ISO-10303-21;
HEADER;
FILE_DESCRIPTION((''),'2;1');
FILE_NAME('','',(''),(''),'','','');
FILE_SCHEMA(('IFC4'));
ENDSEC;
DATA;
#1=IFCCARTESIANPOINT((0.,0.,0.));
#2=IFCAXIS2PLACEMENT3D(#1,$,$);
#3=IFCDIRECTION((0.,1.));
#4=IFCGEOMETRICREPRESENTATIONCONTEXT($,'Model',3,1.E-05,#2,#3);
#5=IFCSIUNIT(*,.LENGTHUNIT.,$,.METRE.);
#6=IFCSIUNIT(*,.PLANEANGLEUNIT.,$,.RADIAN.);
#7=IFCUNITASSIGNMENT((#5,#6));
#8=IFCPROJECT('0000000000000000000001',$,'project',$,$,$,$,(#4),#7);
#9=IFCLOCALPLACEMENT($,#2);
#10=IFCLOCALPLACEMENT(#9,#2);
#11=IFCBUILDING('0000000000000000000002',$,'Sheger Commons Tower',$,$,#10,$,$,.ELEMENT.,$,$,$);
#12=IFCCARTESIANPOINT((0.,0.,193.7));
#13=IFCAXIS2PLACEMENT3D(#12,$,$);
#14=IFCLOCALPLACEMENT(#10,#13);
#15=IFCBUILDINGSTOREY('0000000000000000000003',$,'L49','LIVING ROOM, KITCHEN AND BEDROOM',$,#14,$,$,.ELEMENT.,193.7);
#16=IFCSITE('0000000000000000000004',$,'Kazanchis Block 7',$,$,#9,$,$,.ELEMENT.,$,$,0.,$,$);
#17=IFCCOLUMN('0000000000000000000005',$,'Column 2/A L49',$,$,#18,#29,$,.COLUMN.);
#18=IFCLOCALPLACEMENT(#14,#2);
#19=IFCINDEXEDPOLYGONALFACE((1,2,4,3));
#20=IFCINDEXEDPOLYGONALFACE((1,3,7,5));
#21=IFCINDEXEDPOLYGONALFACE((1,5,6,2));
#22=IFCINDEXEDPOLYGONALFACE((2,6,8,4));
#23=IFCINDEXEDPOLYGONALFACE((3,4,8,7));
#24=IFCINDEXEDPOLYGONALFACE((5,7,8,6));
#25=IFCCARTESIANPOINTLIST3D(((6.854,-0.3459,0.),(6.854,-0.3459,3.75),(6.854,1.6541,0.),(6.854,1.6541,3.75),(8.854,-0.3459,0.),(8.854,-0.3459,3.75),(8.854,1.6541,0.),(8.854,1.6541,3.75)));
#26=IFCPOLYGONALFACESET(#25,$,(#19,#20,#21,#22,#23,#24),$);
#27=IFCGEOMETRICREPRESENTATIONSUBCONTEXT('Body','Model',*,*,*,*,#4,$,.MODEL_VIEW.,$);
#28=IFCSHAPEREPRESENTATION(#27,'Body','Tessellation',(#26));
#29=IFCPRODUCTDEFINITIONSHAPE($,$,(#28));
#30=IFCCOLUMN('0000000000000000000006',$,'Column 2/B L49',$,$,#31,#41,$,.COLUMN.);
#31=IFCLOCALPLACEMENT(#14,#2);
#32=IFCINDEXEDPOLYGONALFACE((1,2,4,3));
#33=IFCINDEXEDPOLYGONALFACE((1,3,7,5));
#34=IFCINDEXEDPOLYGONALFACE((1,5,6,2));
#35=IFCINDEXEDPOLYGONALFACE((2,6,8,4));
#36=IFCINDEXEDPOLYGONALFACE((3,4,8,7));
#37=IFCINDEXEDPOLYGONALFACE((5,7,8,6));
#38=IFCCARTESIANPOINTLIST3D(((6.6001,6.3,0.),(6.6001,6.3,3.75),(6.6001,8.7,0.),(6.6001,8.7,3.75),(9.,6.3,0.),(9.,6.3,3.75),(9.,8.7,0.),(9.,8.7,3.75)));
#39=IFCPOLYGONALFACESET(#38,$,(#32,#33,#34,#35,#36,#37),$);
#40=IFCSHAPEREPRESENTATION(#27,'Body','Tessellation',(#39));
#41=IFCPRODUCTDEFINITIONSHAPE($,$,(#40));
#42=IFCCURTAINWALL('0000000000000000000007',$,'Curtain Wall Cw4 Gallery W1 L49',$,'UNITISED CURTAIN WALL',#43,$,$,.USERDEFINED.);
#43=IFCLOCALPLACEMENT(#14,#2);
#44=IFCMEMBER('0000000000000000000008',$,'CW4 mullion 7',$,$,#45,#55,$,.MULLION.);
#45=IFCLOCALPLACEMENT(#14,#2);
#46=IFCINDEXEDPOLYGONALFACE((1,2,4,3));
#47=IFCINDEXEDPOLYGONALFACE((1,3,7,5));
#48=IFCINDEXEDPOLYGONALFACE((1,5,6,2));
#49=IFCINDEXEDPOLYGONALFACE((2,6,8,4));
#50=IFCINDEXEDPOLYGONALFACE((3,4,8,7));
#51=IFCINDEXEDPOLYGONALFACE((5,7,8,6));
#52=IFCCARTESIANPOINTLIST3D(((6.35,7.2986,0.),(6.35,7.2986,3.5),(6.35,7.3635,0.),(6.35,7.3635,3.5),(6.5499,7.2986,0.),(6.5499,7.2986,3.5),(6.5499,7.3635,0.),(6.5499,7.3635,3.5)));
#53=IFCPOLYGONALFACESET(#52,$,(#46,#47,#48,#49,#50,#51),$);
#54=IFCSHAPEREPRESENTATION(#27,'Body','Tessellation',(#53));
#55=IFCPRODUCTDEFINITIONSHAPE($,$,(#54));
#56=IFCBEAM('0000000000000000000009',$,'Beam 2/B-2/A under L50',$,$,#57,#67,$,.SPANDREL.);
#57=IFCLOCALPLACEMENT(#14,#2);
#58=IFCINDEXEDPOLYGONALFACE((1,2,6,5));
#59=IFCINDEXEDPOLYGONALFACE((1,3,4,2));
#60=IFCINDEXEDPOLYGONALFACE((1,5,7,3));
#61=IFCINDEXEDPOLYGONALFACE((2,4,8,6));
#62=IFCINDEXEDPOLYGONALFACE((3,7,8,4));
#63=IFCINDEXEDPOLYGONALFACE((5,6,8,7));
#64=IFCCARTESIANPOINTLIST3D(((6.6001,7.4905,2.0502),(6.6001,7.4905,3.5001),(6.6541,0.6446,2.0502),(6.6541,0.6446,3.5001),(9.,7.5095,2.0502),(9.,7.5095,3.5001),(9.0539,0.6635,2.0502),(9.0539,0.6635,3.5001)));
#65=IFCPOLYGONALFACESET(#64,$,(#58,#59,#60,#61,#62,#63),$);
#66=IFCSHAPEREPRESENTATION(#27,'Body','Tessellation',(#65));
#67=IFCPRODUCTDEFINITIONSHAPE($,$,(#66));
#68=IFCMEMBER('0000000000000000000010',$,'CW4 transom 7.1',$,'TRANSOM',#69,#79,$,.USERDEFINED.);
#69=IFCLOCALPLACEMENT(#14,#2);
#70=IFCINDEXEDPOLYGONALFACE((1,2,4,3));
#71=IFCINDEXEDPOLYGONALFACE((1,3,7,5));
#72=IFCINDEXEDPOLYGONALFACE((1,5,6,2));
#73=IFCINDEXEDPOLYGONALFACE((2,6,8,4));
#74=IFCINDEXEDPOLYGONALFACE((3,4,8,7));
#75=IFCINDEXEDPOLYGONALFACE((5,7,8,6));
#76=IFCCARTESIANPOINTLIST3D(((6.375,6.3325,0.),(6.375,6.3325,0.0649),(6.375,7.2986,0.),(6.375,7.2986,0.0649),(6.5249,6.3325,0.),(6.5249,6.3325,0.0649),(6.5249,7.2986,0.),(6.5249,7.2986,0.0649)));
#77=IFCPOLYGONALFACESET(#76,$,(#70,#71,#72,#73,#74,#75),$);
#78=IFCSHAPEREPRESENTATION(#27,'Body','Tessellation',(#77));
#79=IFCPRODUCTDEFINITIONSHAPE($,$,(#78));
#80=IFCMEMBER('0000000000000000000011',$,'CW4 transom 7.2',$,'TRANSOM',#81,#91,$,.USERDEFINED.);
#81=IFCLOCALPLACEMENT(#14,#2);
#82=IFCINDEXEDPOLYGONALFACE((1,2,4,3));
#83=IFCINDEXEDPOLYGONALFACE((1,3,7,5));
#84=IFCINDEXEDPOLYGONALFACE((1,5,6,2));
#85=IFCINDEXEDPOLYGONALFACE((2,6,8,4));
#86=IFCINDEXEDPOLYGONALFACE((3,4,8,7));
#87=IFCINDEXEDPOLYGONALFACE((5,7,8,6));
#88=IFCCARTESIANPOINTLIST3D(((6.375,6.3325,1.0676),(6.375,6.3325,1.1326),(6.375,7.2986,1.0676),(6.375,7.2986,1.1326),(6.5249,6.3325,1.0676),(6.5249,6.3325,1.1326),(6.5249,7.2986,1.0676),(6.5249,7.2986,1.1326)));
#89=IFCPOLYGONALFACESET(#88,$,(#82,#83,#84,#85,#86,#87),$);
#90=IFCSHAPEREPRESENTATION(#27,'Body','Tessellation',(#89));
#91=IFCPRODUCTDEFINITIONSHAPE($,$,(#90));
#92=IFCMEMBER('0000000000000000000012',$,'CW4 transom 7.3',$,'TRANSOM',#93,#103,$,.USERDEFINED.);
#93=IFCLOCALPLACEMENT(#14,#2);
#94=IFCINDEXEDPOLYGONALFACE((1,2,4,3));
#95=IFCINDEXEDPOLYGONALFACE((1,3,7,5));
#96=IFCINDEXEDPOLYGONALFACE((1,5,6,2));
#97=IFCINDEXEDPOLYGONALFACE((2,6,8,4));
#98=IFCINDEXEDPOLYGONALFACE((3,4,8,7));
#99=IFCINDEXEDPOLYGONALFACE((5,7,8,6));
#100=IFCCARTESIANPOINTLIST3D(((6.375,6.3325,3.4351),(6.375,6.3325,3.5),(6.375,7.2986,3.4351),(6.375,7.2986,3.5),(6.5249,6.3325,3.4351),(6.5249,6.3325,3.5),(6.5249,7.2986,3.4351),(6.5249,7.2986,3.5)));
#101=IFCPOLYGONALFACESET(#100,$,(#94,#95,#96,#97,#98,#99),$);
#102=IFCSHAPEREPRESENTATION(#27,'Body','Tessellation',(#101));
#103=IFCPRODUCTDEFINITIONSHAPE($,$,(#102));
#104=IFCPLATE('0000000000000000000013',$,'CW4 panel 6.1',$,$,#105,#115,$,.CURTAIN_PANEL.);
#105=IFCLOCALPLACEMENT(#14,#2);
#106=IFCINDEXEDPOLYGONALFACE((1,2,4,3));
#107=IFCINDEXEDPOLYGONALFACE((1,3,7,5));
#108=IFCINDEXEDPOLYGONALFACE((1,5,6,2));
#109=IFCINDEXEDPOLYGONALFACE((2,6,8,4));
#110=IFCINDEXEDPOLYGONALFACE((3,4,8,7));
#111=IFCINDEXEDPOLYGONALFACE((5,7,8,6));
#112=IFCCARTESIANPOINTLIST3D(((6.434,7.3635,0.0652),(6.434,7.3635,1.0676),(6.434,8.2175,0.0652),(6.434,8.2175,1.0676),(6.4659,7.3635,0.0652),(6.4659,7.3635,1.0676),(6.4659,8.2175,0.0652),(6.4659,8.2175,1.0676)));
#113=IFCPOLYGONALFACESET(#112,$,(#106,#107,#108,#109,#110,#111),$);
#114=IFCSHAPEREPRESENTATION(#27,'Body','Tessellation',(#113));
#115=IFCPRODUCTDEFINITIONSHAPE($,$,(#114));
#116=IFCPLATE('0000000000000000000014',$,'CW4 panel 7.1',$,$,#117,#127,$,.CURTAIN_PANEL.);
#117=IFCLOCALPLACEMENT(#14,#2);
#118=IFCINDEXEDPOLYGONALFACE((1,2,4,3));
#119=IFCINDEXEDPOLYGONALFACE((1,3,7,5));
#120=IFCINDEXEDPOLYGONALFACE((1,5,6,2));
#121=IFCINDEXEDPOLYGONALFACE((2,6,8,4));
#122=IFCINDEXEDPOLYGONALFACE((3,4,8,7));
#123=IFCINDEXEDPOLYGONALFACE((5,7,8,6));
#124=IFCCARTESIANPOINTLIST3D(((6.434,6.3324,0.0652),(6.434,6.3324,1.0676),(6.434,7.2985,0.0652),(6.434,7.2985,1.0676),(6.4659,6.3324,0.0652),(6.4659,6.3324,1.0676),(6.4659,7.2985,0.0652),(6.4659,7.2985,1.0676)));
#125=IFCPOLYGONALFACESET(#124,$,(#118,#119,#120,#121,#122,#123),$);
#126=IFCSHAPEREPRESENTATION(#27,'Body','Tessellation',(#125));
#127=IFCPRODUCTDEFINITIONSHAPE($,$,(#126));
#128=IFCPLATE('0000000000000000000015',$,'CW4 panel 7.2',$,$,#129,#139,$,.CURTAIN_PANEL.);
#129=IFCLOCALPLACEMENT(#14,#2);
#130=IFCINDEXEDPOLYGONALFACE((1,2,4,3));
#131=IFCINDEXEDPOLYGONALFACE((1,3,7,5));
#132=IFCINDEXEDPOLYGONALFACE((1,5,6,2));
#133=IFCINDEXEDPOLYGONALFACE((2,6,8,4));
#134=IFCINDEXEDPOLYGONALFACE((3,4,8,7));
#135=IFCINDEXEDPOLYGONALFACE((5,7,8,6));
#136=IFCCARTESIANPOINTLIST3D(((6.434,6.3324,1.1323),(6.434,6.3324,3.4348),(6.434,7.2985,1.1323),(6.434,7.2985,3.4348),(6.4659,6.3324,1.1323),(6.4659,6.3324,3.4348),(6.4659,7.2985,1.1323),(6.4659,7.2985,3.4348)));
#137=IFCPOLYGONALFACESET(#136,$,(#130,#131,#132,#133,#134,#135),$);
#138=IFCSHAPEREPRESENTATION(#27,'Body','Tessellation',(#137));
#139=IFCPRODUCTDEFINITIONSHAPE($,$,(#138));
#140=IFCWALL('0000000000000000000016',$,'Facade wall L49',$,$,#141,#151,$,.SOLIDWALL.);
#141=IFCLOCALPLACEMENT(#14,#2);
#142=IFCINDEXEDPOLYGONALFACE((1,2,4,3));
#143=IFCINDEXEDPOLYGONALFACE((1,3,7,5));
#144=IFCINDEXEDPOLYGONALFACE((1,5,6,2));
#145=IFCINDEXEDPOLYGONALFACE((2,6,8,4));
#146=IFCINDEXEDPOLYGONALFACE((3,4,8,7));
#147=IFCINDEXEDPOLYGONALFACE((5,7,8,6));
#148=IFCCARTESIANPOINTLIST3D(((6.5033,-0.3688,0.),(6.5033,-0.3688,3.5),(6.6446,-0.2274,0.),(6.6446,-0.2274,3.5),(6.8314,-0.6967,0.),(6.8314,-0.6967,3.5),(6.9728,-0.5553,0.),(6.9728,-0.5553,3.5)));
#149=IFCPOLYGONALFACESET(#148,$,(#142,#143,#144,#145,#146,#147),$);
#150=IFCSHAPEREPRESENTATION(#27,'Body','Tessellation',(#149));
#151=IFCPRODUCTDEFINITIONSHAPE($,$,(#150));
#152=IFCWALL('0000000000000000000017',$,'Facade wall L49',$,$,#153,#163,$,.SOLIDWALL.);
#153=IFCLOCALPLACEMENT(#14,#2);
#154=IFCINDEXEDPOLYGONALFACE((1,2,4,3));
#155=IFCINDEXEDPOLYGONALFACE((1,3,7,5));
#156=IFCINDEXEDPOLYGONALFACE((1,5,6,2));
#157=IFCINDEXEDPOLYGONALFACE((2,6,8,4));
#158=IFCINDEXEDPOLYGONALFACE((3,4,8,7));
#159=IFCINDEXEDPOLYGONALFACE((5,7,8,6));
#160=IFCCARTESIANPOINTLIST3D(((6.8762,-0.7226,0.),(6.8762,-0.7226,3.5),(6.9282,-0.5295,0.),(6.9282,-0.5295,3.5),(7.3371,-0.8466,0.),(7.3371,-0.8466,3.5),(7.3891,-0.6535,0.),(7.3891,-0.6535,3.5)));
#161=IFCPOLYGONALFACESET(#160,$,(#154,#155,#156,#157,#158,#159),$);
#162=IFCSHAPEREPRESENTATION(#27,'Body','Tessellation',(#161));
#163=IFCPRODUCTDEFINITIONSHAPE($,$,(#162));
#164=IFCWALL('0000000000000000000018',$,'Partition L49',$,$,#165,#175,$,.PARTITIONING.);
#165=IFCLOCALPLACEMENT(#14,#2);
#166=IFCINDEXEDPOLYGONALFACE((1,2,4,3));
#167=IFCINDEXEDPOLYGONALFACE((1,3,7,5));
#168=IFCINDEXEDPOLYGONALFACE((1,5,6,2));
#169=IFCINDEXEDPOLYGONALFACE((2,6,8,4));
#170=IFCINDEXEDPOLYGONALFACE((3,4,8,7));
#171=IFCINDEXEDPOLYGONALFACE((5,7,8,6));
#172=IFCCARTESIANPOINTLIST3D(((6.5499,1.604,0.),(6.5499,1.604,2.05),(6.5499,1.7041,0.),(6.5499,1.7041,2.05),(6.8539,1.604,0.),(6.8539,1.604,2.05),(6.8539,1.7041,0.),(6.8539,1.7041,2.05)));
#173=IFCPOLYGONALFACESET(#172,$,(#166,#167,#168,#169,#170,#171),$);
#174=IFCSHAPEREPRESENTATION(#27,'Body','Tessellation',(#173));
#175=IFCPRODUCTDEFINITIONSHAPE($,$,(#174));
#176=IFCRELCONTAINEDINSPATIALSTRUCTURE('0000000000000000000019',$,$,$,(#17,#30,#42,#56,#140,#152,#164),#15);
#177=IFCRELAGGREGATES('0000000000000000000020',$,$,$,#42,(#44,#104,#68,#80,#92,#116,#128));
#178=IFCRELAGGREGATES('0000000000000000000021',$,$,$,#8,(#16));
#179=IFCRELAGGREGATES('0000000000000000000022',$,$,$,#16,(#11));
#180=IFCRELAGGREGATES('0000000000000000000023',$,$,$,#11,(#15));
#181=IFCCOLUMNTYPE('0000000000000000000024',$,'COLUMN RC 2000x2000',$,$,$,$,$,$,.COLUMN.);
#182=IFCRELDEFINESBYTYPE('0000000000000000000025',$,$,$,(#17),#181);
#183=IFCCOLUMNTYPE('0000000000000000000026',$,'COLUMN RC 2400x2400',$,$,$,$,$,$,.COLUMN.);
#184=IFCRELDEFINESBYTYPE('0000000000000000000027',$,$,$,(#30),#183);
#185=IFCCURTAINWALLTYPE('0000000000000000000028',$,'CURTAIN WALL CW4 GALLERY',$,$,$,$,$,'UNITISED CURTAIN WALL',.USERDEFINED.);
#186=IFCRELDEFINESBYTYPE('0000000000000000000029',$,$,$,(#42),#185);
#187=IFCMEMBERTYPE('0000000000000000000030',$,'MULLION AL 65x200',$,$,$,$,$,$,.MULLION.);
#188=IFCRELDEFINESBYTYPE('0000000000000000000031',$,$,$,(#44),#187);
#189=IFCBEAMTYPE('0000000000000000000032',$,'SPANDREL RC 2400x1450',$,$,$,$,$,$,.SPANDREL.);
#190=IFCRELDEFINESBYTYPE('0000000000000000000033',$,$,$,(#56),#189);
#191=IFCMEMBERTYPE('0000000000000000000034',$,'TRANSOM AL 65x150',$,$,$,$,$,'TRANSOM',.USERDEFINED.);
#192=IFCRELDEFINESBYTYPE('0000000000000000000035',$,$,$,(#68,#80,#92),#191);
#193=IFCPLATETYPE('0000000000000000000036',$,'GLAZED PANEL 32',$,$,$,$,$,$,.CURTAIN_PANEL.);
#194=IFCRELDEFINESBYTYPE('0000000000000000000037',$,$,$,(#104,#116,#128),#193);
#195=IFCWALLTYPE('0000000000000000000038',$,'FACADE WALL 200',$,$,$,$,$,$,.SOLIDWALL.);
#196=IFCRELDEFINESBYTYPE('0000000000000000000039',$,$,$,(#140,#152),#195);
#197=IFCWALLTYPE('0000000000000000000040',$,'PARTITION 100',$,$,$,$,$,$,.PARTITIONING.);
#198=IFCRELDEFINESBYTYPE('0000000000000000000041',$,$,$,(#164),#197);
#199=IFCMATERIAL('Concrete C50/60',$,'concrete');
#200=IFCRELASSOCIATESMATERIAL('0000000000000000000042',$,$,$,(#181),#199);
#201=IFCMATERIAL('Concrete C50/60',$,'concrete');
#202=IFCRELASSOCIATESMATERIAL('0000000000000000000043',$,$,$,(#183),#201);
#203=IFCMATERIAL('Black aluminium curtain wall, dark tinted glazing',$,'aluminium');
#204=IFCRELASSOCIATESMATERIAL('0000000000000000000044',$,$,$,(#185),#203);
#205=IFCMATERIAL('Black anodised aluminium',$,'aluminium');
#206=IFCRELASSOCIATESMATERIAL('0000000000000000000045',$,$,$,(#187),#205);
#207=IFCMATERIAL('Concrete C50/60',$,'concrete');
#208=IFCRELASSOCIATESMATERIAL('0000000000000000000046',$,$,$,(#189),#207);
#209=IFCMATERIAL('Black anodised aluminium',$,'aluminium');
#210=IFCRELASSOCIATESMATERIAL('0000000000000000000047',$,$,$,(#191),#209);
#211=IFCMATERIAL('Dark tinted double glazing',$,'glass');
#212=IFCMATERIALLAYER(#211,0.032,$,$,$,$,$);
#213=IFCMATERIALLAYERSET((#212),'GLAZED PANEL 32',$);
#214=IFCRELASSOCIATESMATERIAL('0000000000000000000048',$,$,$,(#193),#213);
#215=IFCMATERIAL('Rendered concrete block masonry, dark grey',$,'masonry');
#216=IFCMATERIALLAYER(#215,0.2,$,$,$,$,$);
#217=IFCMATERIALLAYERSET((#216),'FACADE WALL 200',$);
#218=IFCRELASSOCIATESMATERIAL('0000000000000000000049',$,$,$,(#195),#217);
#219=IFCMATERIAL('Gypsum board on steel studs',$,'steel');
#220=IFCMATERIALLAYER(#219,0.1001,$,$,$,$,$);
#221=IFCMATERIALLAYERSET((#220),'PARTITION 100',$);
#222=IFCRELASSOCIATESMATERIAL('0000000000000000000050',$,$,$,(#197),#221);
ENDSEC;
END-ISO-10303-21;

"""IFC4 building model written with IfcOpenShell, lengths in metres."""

from ifc_helpers import new_model, si_unit, direction, frame, frame_2d, origin, origin_2d, place, context, subcontext, project, spatial, rectangle, extrude, material, layer, layer_set, material_profile, profile_set, type_object, element, aggregate, save


model = new_model("IFC4")

# Units and contexts
model_context = context("Model", 3, precision=1e-05, world=origin(), true_north=direction((0.0, 1.0)))
body_context = subcontext(model_context, "Body", "Model", "MODEL_VIEW")
ifc_project = project(units=[si_unit("LENGTHUNIT", "METRE"), si_unit("PLANEANGLEUNIT", "RADIAN")], contexts=[model_context])

# Site, building, storey
site_placement = place(None, origin())
site = spatial("IfcSite", under=ifc_project, at=site_placement, Name="Kazanchis Block 7", CompositionType="ELEMENT", RefElevation=0.0)
building_placement = place(site_placement, origin())
building = spatial("IfcBuilding", under=site, at=building_placement, Name="Sheger Commons Tower", CompositionType="ELEMENT")
storey_placement = place(building_placement, frame((0.0, 0.0, 193.7)))
storey = spatial("IfcBuildingStorey", under=building, at=storey_placement, Name="L49", Description="LIVING ROOM, KITCHEN AND BEDROOM", CompositionType="ELEMENT", Elevation=193.7)

# Columns
ifc_material_1 = material(Name="Concrete C50/60", Category="concrete")
ifc_material_profile_1 = material_profile(ifc_material_1, rectangle(XDim=2.0, YDim=2.0, at=origin_2d()), Name="RC 2000x2000")
ifc_profile_set_1 = profile_set([ifc_material_profile_1], Name="Concrete C50/60")
column_type_1 = type_object("IfcColumnType", Name="COLUMN RC 2000x2000", PredefinedType="COLUMN", material=ifc_profile_set_1)
column_1_placement = place(storey_placement, frame((7.854, 0.6541, 0.0), z_axis=(0.0, 0.0, 1.0), x_axis=(1.0, 0.0, 0.0)))
element("IfcColumn", 1, at=column_1_placement, inside=storey, type_object=column_type_1, Name="Column 2/A L49", PredefinedType="COLUMN", context=body_context, shape_type="SweptSolid", body=[
    extrude(rectangle(XDim=2.0, YDim=2.0, at=origin_2d()), origin(), (0.0, 0.0, 1.0), 3.75),
])
ifc_material_2 = material(Name="Concrete C50/60", Category="concrete")
ifc_material_profile_2 = material_profile(ifc_material_2, rectangle(XDim=2.3999, YDim=2.3999, at=origin_2d()), Name="RC 2400x2400")
ifc_profile_set_2 = profile_set([ifc_material_profile_2], Name="Concrete C50/60")
column_type_2 = type_object("IfcColumnType", Name="COLUMN RC 2400x2400", PredefinedType="COLUMN", material=ifc_profile_set_2)
column_2_placement = place(storey_placement, frame((7.8, 7.5, 0.0), z_axis=(0.0, 0.0, 1.0), x_axis=(1.0, 0.0, 0.0)))
element("IfcColumn", 2, at=column_2_placement, inside=storey, type_object=column_type_2, Name="Column 2/B L49", PredefinedType="COLUMN", context=body_context, shape_type="SweptSolid", body=[
    extrude(rectangle(XDim=2.3999, YDim=2.3999, at=origin_2d()), origin(), (0.0, 0.0, 1.0), 3.75),
])

# Curtain wall, member
ifc_material_3 = material(Name="Black aluminium curtain wall, dark tinted glazing", Category="aluminium")
curtain_wall_type = type_object("IfcCurtainWallType", Name="CURTAIN WALL CW4 GALLERY", ElementType="UNITISED CURTAIN WALL", PredefinedType="USERDEFINED", material=ifc_material_3)
curtain_wall_placement = place(storey_placement, origin())
curtain_wall = element("IfcCurtainWall", 3, at=curtain_wall_placement, inside=storey, type_object=curtain_wall_type, Name="Curtain Wall Cw4 Gallery W1 L49", ObjectType="UNITISED CURTAIN WALL", PredefinedType="USERDEFINED")
ifc_material_4 = material(Name="Black anodised aluminium", Category="aluminium")
ifc_material_profile_3 = material_profile(ifc_material_4, rectangle(XDim=0.2, YDim=0.0649, at=origin_2d()), Name="AL 65x200")
ifc_profile_set_3 = profile_set([ifc_material_profile_3], Name="Black anodised aluminium")
member_type_1 = type_object("IfcMemberType", Name="MULLION AL 65x200", PredefinedType="MULLION", material=ifc_profile_set_3)
member_1_placement = place(storey_placement, frame((6.45, 7.3311, 0.0), z_axis=(0.0, 0.0, 1.0), x_axis=(1.0, 0.0, 0.0)))
member_1 = element("IfcMember", 4, at=member_1_placement, type_object=member_type_1, Name="CW4 mullion 7", PredefinedType="MULLION", context=body_context, shape_type="SweptSolid", body=[
    extrude(rectangle(XDim=0.2, YDim=0.0649, at=origin_2d()), origin(), (0.0, 0.0, 1.0), 3.5),
])

# Beam
ifc_material_5 = material(Name="Concrete C50/60", Category="concrete")
ifc_material_profile_4 = material_profile(ifc_material_5, rectangle(XDim=2.3999, YDim=1.45, at=origin_2d()), Name="RC 2400x1450")
ifc_profile_set_4 = profile_set([ifc_material_profile_4], Name="Concrete C50/60")
beam_type = type_object("IfcBeamType", Name="SPANDREL RC 2400x1450", PredefinedType="SPANDREL", material=ifc_profile_set_4)
beam_placement = place(storey_placement, frame((7.8, 7.5, 2.7751), z_axis=(0.007881, -0.999969, 0.0), x_axis=(0.999969, 0.007881, 0.0)))
element("IfcBeam", 5, at=beam_placement, inside=storey, type_object=beam_type, Name="Beam 2/B-2/A under L50", PredefinedType="SPANDREL", context=body_context, shape_type="SweptSolid", body=[
    extrude(rectangle(XDim=2.3999, YDim=1.45, at=origin_2d()), origin(), (0.0, 0.0, 1.0), 6.8462),
])

# Members
ifc_material_6 = material(Name="Black anodised aluminium", Category="aluminium")
ifc_material_profile_5 = material_profile(ifc_material_6, rectangle(XDim=0.1499, YDim=0.0649, at=origin_2d()), Name="AL 65x150")
ifc_profile_set_5 = profile_set([ifc_material_profile_5], Name="Black anodised aluminium")
member_type_2 = type_object("IfcMemberType", Name="TRANSOM AL 65x150", ElementType="TRANSOM", PredefinedType="USERDEFINED", material=ifc_profile_set_5)
member_2_placement = place(storey_placement, frame((6.45, 7.2986, 0.0325), z_axis=(0.0, -1.0, 0.0), x_axis=(1.0, 0.0, 0.0)))
member_2 = element("IfcMember", 6, at=member_2_placement, type_object=member_type_2, Name="CW4 transom 7.1", ObjectType="TRANSOM", PredefinedType="USERDEFINED", context=body_context, shape_type="SweptSolid", body=[
    extrude(rectangle(XDim=0.1499, YDim=0.0649, at=origin_2d()), origin(), (0.0, 0.0, 1.0), 0.9661),
])
member_3_placement = place(storey_placement, frame((6.45, 7.2986, 1.1001), z_axis=(0.0, -1.0, 0.0), x_axis=(1.0, 0.0, 0.0)))
member_3 = element("IfcMember", 7, at=member_3_placement, type_object=member_type_2, Name="CW4 transom 7.2", ObjectType="TRANSOM", PredefinedType="USERDEFINED", context=body_context, shape_type="SweptSolid", body=[
    extrude(rectangle(XDim=0.1499, YDim=0.0649, at=origin_2d()), origin(), (0.0, 0.0, 1.0), 0.9661),
])
member_4_placement = place(storey_placement, frame((6.45, 7.2986, 3.4675), z_axis=(0.0, -1.0, 0.0), x_axis=(1.0, 0.0, 0.0)))
member_4 = element("IfcMember", 8, at=member_4_placement, type_object=member_type_2, Name="CW4 transom 7.3", ObjectType="TRANSOM", PredefinedType="USERDEFINED", context=body_context, shape_type="SweptSolid", body=[
    extrude(rectangle(XDim=0.1499, YDim=0.0649, at=origin_2d()), origin(), (0.0, 0.0, 1.0), 0.9661),
])

# Plates
ifc_material_7 = material(Name="Dark tinted double glazing", Category="glass")
ifc_layer_1 = layer(ifc_material_7, 0.032)
ifc_layer_set_1 = layer_set([ifc_layer_1], Name="GLAZED PANEL 32")
plate_type = type_object("IfcPlateType", Name="GLAZED PANEL 32", PredefinedType="CURTAIN_PANEL", material=ifc_layer_set_1)
plate_1_placement = place(storey_placement, frame((6.45, 7.7905, 0.0652), z_axis=(0.0, 0.0, 1.0), x_axis=(0.0, -1.0, 0.0)))
plate_1 = element("IfcPlate", 9, at=plate_1_placement, type_object=plate_type, Name="CW4 panel 6.1", PredefinedType="CURTAIN_PANEL", context=body_context, shape_type="SweptSolid", body=[
    extrude(rectangle(XDim=0.854, YDim=0.032, at=origin_2d()), origin(), (0.0, 0.0, 1.0), 1.0024),
])
plate_2_placement = place(storey_placement, frame((6.45, 6.8154, 0.0652), z_axis=(0.0, 0.0, 1.0), x_axis=(0.0, -1.0, 0.0)))
plate_2 = element("IfcPlate", 10, at=plate_2_placement, type_object=plate_type, Name="CW4 panel 7.1", PredefinedType="CURTAIN_PANEL", context=body_context, shape_type="SweptSolid", body=[
    extrude(rectangle(XDim=0.9661, YDim=0.032, at=origin_2d()), origin(), (0.0, 0.0, 1.0), 1.0024),
])
plate_3_placement = place(storey_placement, frame((6.45, 6.8154, 1.1323), z_axis=(0.0, 0.0, 1.0), x_axis=(0.0, -1.0, 0.0)))
plate_3 = element("IfcPlate", 11, at=plate_3_placement, type_object=plate_type, Name="CW4 panel 7.2", PredefinedType="CURTAIN_PANEL", context=body_context, shape_type="SweptSolid", body=[
    extrude(rectangle(XDim=0.9661, YDim=0.032, at=origin_2d()), origin(), (0.0, 0.0, 1.0), 2.3025),
])
aggregate(curtain_wall, [member_1, plate_1, member_2, member_3, member_4, plate_2, plate_3])

# Shared definitions
ifc_material_8 = material(Name="Rendered concrete block masonry, dark grey", Category="masonry")
ifc_layer_2 = layer(ifc_material_8, 0.2)
ifc_layer_set_2 = layer_set([ifc_layer_2], Name="FACADE WALL 200")
wall_type_1 = type_object("IfcWallType", Name="FACADE WALL 200", PredefinedType="SOLIDWALL", material=ifc_layer_set_2)

# Walls
wall_1_placement = place(storey_placement, frame((6.574, -0.2981, 0.0), z_axis=(0.0, 0.0, 1.0), x_axis=(0.70737, -0.706844, 0.0)))
element("IfcWall", 12, at=wall_1_placement, inside=storey, type_object=wall_type_1, Name="Facade wall L49", PredefinedType="SOLIDWALL", context=body_context, shape_type="SweptSolid", body=[
    extrude(rectangle(XDim=0.4639, YDim=0.2, at=frame_2d((0.2319, 0.0))), origin(), (0.0, 0.0, 1.0), 3.5),
])
wall_2_placement = place(storey_placement, frame((6.9021, -0.626, 0.0), z_axis=(0.0, 0.0, 1.0), x_axis=(0.965655, -0.259827, 0.0)))
element("IfcWall", 13, at=wall_2_placement, inside=storey, type_object=wall_type_1, Name="Facade wall L49", PredefinedType="SOLIDWALL", context=body_context, shape_type="SweptSolid", body=[
    extrude(rectangle(XDim=0.4773, YDim=0.2, at=frame_2d((0.2388, 0.0))), origin(), (0.0, 0.0, 1.0), 3.5),
])
ifc_material_9 = material(Name="Gypsum board on steel studs", Category="steel")
ifc_layer_3 = layer(ifc_material_9, 0.1001)
ifc_layer_set_3 = layer_set([ifc_layer_3], Name="PARTITION 100")
wall_type_2 = type_object("IfcWallType", Name="PARTITION 100", PredefinedType="PARTITIONING", material=ifc_layer_set_3)
wall_3_placement = place(storey_placement, frame((6.55, 1.6541, 0.0), z_axis=(0.0, 0.0, 1.0), x_axis=(1.0, 0.0, 0.0)))
element("IfcWall", 14, at=wall_3_placement, inside=storey, type_object=wall_type_2, Name="Partition L49", PredefinedType="PARTITIONING", context=body_context, shape_type="SweptSolid", body=[
    extrude(rectangle(XDim=0.304, YDim=0.1001, at=frame_2d((0.1519, 0.0))), origin(), (0.0, 0.0, 1.0), 2.05),
])

save(model, "model.ifc")
